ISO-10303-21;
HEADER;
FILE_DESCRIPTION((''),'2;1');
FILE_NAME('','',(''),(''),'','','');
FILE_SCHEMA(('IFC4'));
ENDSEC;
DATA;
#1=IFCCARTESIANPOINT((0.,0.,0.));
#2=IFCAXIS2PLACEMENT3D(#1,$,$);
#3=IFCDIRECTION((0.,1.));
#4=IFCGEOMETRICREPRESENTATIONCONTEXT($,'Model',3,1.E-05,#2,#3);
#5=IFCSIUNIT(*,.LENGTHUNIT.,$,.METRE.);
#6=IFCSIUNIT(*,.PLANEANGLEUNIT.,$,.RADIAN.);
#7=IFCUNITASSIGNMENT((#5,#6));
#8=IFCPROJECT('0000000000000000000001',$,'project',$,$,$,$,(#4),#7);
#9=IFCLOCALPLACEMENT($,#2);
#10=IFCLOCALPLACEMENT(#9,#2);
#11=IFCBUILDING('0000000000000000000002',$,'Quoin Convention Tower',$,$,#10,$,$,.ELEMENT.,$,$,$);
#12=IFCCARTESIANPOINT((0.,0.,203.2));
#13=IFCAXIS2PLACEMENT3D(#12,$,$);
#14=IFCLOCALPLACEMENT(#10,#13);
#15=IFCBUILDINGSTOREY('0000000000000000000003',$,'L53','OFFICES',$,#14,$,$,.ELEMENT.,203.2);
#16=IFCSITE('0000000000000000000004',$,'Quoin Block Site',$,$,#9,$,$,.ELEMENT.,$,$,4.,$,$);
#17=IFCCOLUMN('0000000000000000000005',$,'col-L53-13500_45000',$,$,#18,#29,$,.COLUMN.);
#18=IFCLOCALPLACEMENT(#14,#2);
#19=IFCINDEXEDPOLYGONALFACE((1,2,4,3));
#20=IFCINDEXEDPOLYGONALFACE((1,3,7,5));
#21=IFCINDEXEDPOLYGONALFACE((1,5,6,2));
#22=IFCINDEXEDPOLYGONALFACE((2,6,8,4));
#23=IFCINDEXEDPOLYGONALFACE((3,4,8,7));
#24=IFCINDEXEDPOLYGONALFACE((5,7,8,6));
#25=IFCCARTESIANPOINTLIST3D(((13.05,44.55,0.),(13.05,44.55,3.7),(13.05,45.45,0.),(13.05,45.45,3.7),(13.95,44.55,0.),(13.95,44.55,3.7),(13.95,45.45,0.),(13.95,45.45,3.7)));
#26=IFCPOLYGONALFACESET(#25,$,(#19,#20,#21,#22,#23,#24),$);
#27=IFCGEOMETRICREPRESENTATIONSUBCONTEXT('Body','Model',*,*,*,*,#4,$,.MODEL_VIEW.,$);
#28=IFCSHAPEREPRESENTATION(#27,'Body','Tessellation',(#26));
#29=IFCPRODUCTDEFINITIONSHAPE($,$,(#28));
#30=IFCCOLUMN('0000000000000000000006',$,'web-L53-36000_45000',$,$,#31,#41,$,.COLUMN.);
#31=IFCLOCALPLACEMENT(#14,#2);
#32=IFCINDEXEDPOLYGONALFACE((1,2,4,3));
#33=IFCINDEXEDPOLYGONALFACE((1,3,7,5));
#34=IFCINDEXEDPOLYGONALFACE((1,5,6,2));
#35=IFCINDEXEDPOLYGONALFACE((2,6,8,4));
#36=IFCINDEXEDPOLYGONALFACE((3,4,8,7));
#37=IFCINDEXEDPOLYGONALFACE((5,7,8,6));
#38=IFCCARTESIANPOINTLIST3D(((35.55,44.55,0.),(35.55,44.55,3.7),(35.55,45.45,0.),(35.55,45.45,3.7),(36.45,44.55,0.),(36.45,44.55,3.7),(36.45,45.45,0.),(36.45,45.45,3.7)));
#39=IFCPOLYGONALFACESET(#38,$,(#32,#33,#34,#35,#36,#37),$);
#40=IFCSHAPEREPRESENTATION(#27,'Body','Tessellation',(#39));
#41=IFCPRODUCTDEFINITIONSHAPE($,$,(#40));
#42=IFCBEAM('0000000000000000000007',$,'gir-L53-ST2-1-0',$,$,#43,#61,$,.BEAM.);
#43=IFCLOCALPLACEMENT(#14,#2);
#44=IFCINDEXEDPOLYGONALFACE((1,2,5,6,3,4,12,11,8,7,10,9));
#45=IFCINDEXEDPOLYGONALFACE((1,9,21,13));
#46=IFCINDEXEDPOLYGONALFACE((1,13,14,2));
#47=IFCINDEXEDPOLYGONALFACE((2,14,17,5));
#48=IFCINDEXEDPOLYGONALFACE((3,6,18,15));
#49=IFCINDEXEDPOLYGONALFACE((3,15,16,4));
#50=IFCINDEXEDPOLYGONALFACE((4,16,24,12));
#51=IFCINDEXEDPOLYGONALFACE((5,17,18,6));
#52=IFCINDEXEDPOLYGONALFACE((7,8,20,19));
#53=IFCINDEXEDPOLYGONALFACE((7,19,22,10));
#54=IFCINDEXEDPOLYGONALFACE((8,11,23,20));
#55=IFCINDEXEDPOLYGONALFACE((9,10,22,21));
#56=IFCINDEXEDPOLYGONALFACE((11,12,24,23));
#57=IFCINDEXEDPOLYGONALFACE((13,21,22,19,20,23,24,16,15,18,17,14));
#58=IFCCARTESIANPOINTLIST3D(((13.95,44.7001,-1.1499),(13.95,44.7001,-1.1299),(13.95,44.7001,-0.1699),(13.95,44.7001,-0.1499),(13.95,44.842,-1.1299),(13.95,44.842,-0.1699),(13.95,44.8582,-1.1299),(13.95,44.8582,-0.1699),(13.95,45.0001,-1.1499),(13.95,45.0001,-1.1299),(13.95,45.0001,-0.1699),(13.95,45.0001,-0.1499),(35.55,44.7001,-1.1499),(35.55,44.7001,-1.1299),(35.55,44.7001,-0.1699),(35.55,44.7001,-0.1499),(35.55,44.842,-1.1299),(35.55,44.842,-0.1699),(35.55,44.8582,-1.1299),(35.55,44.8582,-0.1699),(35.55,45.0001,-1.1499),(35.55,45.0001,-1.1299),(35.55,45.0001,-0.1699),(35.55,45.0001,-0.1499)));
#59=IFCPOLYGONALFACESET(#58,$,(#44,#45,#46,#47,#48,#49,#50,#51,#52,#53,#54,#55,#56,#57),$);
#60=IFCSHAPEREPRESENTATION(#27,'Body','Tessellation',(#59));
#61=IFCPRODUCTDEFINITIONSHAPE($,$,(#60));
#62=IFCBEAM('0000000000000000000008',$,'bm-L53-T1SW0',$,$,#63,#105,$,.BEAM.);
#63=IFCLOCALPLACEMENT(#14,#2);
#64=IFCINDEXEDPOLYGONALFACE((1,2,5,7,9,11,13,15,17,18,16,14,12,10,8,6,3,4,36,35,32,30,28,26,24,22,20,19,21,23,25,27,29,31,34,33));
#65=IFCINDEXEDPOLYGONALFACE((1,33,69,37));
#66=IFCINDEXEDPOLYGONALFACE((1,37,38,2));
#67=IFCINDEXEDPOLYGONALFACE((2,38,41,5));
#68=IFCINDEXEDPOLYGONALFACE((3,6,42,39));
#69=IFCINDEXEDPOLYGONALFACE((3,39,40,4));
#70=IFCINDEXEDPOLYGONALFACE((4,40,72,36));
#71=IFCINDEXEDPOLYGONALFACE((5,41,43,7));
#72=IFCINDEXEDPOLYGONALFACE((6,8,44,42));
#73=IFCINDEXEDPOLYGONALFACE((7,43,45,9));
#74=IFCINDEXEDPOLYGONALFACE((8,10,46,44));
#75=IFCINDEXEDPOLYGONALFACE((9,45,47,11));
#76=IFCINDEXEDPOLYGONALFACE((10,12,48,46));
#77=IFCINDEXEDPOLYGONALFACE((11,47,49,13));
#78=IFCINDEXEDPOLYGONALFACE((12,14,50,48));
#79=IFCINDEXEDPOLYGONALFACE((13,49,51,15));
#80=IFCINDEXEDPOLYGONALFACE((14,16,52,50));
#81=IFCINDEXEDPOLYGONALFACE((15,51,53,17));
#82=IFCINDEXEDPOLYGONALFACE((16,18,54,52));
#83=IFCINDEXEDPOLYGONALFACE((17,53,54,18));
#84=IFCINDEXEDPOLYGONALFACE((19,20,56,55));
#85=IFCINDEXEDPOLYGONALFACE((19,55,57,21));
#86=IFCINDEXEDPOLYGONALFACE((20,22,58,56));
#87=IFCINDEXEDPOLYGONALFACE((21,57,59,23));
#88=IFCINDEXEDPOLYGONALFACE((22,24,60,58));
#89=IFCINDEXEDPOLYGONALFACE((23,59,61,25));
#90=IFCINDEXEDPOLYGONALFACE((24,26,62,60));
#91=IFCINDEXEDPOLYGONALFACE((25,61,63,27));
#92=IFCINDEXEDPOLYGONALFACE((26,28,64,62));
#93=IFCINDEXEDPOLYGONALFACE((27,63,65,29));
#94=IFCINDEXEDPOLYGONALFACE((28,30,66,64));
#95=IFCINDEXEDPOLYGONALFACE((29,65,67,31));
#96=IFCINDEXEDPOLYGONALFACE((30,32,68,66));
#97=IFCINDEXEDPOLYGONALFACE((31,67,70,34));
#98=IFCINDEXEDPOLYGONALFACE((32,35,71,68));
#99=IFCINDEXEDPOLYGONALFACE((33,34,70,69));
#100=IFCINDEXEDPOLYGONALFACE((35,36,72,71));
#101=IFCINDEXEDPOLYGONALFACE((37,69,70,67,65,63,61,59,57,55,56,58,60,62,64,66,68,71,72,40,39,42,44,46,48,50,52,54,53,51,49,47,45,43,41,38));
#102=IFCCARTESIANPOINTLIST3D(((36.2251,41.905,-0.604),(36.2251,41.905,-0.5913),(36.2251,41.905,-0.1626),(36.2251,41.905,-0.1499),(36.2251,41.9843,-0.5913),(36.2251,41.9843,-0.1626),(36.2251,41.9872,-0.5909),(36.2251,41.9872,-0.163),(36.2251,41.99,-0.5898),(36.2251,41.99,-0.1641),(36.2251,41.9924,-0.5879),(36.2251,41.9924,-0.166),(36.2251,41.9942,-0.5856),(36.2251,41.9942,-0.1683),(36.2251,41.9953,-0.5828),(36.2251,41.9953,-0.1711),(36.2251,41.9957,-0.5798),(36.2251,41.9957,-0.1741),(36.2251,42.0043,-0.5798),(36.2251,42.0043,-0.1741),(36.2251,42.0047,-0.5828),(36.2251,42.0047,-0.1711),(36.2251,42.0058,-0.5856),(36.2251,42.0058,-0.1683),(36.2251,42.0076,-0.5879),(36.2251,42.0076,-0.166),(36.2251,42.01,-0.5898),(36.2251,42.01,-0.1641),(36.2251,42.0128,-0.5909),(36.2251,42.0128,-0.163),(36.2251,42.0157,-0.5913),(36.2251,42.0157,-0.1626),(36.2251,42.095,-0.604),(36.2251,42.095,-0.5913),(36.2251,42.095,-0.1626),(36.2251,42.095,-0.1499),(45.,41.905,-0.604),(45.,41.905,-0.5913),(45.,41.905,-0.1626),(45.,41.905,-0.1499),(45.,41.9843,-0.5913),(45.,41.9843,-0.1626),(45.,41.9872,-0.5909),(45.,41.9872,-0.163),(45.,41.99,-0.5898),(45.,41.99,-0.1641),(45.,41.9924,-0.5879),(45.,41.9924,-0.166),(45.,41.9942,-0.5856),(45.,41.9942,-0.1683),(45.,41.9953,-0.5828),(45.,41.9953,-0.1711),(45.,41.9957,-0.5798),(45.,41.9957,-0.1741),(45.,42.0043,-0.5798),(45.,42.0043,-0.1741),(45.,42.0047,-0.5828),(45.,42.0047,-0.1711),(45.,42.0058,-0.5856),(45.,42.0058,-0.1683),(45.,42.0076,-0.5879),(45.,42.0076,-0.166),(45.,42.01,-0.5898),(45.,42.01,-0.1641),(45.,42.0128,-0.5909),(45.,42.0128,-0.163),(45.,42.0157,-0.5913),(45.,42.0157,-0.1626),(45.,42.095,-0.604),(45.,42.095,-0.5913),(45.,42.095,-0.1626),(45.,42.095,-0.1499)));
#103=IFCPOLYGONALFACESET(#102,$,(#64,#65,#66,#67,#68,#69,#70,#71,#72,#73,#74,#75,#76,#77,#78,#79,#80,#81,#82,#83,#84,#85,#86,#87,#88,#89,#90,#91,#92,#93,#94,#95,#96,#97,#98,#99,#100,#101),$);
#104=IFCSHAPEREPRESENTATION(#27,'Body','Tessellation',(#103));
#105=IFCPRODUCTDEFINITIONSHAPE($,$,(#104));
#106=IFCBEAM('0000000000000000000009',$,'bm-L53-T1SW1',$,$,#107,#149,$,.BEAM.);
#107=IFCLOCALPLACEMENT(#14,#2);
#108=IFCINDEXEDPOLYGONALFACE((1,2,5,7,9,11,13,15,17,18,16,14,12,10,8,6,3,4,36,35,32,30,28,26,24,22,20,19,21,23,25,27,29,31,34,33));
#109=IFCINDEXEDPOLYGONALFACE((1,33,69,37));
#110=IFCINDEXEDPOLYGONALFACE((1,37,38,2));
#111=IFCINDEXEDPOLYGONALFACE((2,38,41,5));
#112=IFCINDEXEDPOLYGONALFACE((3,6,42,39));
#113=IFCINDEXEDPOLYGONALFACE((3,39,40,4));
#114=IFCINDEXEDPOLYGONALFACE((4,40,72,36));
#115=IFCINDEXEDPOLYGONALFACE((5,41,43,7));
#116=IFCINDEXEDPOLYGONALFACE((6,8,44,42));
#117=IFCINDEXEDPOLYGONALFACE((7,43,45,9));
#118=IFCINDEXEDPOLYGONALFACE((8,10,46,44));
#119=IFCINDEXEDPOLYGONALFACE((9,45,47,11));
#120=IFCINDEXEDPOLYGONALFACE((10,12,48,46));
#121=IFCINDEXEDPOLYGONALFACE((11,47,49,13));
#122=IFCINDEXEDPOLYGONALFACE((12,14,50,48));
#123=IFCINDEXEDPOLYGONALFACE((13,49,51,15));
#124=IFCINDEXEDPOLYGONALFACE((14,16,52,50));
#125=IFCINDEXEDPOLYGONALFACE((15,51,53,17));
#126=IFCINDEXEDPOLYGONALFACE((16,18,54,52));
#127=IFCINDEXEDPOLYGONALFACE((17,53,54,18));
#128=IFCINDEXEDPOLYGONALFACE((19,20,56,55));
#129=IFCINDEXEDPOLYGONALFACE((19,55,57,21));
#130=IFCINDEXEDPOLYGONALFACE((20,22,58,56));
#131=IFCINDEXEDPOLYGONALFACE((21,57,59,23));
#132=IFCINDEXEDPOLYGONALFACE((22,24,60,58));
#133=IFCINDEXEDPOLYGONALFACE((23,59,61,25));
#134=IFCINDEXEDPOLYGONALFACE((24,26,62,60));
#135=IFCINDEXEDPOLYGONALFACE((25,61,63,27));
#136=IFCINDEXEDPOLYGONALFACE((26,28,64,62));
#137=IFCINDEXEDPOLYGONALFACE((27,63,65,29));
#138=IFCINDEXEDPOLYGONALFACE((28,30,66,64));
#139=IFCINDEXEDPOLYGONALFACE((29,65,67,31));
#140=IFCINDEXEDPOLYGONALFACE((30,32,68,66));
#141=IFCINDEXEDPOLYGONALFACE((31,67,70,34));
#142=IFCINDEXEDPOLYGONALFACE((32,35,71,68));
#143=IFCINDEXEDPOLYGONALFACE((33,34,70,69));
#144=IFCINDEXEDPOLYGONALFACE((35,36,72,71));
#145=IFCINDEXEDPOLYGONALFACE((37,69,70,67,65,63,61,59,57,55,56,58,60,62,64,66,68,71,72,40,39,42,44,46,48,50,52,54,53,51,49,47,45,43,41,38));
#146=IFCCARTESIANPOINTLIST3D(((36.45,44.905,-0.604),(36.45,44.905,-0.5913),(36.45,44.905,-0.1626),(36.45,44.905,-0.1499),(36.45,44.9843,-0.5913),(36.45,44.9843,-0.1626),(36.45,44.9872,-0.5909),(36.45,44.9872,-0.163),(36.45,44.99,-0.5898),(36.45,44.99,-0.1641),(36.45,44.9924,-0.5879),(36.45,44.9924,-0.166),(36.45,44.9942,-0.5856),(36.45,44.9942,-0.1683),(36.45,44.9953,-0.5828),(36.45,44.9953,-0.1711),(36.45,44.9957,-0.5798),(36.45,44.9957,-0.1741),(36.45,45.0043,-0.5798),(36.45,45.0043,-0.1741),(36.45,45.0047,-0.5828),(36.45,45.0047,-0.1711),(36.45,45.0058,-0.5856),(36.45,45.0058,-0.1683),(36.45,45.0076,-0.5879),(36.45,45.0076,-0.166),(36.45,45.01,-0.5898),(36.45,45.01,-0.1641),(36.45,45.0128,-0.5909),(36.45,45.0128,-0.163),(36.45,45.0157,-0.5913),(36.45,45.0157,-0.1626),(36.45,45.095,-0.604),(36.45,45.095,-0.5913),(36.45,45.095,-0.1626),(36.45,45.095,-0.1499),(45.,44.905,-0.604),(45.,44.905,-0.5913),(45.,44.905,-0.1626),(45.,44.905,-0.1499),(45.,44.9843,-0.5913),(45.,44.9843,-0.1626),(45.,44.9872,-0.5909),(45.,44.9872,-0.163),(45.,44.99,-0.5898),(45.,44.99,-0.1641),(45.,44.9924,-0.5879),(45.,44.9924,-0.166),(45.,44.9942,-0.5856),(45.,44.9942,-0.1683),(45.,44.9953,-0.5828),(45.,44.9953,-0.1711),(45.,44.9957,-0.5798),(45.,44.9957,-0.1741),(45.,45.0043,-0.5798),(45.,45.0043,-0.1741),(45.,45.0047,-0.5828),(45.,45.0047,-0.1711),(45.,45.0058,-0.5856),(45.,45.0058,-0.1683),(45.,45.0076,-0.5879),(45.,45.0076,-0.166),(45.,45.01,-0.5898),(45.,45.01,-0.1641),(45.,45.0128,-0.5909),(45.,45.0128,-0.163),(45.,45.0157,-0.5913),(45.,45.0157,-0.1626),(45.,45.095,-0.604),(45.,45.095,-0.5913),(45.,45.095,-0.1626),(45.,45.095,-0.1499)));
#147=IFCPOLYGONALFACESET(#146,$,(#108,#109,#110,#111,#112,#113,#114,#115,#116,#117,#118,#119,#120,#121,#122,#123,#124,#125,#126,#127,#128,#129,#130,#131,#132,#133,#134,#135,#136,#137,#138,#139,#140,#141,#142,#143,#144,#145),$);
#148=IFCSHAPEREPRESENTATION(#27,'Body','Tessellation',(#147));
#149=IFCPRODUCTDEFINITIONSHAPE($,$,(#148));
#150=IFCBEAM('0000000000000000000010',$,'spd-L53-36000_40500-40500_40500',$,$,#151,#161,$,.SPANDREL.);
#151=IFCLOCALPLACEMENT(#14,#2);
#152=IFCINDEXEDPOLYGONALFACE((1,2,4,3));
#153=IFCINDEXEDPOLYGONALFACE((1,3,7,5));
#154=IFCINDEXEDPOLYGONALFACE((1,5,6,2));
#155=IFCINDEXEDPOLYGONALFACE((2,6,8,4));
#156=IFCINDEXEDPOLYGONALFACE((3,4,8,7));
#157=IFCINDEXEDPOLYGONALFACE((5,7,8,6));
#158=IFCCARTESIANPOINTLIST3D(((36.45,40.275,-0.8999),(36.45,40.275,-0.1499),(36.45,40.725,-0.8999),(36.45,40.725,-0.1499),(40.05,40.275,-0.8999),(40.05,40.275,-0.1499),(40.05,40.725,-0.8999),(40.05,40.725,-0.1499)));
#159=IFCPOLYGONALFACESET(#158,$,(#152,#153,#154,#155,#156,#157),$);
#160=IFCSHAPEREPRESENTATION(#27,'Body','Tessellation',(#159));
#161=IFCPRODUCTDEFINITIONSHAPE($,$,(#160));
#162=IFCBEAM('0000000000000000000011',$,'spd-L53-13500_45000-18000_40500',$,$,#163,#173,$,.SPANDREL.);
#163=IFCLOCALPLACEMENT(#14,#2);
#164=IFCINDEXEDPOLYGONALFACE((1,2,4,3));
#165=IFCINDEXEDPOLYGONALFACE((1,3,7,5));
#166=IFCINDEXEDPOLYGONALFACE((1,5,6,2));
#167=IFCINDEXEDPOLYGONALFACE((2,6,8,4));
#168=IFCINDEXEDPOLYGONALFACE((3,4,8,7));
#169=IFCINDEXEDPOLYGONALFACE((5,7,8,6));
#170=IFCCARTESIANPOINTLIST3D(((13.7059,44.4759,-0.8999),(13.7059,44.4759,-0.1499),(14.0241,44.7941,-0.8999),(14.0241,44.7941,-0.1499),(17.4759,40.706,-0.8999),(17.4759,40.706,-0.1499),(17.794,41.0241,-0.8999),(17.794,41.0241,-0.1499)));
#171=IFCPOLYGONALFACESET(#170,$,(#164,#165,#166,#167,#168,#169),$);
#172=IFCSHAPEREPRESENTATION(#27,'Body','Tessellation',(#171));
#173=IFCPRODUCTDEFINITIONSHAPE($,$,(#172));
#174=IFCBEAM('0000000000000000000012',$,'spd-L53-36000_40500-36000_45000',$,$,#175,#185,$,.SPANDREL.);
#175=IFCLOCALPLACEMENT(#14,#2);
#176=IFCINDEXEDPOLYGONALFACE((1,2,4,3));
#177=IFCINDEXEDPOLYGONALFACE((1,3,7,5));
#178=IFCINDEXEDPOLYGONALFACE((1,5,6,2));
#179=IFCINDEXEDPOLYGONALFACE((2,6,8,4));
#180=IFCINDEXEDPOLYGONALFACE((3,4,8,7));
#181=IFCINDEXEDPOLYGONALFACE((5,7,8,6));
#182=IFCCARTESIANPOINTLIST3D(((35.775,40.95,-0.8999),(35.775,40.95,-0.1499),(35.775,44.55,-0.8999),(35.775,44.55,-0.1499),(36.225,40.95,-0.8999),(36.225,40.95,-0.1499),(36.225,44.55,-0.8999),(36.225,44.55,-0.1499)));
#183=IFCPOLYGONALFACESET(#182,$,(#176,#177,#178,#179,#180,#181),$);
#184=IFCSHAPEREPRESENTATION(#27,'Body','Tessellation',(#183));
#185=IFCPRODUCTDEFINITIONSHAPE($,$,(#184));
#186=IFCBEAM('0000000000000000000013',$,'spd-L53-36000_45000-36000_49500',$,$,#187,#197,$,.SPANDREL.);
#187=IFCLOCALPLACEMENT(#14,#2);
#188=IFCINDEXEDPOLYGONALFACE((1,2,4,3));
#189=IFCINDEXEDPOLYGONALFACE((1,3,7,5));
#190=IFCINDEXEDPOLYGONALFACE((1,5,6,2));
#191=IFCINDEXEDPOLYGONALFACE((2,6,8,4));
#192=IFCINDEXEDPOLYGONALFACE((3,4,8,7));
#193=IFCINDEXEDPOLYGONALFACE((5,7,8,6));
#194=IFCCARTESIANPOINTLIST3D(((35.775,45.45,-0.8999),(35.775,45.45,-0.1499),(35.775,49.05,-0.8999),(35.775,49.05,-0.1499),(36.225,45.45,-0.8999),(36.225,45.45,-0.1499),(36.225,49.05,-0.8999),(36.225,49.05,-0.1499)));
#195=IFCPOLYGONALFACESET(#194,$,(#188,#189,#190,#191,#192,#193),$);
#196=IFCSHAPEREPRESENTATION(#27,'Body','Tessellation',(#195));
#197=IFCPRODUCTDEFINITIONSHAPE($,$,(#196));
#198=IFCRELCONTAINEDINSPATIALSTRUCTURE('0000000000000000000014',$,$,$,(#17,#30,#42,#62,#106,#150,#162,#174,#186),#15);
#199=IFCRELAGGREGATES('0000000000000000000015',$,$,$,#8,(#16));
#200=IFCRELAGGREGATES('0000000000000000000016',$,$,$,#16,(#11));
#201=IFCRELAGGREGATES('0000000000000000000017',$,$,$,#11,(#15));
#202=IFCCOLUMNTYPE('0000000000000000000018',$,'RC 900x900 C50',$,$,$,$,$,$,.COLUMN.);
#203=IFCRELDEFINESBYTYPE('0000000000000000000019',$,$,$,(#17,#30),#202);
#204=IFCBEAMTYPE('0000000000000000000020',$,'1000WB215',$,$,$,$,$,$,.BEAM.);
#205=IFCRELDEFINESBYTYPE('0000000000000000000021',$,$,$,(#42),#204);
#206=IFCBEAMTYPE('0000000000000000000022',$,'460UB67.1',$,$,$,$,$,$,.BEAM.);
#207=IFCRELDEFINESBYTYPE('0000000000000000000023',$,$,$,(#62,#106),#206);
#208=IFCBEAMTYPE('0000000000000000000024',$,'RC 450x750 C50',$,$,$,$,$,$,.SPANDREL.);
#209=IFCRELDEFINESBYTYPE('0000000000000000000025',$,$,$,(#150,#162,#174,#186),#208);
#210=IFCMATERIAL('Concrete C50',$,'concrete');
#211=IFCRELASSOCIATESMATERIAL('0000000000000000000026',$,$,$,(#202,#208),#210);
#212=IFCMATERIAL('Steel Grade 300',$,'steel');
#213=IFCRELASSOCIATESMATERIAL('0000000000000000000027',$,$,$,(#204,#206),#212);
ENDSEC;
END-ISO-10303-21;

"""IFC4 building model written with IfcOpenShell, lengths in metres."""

from ifc_helpers import new_model, si_unit, direction, frame, origin, origin_2d, place, context, subcontext, project, spatial, rectangle, i_section, extrude, material, material_profile, profile_set, type_object, element, save


model = new_model("IFC4")

# Units and contexts
model_context = context("Model", 3, precision=1e-05, world=origin(), true_north=direction((0.0, 1.0)))
body_context = subcontext(model_context, "Body", "Model", "MODEL_VIEW")
ifc_project = project(units=[si_unit("LENGTHUNIT", "METRE"), si_unit("PLANEANGLEUNIT", "RADIAN")], contexts=[model_context])

# Site, building, storey
site_placement = place(None, origin())
site = spatial("IfcSite", under=ifc_project, at=site_placement, Name="Quoin Block Site", CompositionType="ELEMENT", RefElevation=4.0)
building_placement = place(site_placement, origin())
building = spatial("IfcBuilding", under=site, at=building_placement, Name="Quoin Convention Tower", CompositionType="ELEMENT")
storey_placement = place(building_placement, frame((0.0, 0.0, 203.2)))
storey = spatial("IfcBuildingStorey", under=building, at=storey_placement, Name="L53", Description="OFFICES", CompositionType="ELEMENT", Elevation=203.2)

# Columns
ifc_material_1 = material(Name="Concrete C50", Category="concrete")
ifc_material_profile_1 = material_profile(ifc_material_1, rectangle(XDim=0.8999, YDim=0.8999, at=origin_2d()), Name="RC 900x900")
ifc_profile_set_1 = profile_set([ifc_material_profile_1], Name="Concrete C50")
column_type = type_object("IfcColumnType", Name="RC 900x900 C50", PredefinedType="COLUMN", material=ifc_profile_set_1)
for number, where, z_axis, x_axis, name in (
    (1, (13.5, 45.0, 0.0), (0.0, 0.0, 1.0), (1.0, 0.0, 0.0), "col-L53-13500_45000"),
    (2, (36.0, 45.0, 0.0), (0.0, 0.0, 1.0), (1.0, 0.0, 0.0), "web-L53-36000_45000"),
):
    element("IfcColumn", number, at=place(storey_placement, frame(where, z_axis=z_axis, x_axis=x_axis)), inside=storey, type_object=column_type, Name=name, PredefinedType="COLUMN", context=body_context, shape_type="SweptSolid", body=[
        extrude(rectangle(XDim=0.8999, YDim=0.8999, at=origin_2d()), origin(), (0.0, 0.0, 1.0), 3.7),
    ])

# Beams
ifc_material_2 = material(Name="Steel Grade 300", Category="steel")
ifc_material_profile_2 = material_profile(ifc_material_2, i_section(OverallWidth=0.3, OverallDepth=1.0, WebThickness=0.0161, FlangeThickness=0.02, at=origin_2d()), Name="1000WB215")
ifc_profile_set_2 = profile_set([ifc_material_profile_2], Name="Steel Grade 300")
beam_type_1 = type_object("IfcBeamType", Name="1000WB215", PredefinedType="BEAM", material=ifc_profile_set_2)
beam_1_placement = place(storey_placement, frame((13.95, 44.8501, -0.6499), z_axis=(1.0, 0.0, 0.0), x_axis=(0.0, 1.0, 0.0)))
element("IfcBeam", 3, at=beam_1_placement, inside=storey, type_object=beam_type_1, Name="gir-L53-ST2-1-0", PredefinedType="BEAM", context=body_context, shape_type="SweptSolid", body=[
    extrude(i_section(OverallWidth=0.3, OverallDepth=1.0, WebThickness=0.0161, FlangeThickness=0.02, at=origin_2d()), origin(), (0.0, 0.0, 1.0), 21.6001),
])
ifc_material_profile_3 = material_profile(ifc_material_2, i_section(OverallWidth=0.1899, OverallDepth=0.4541, WebThickness=0.0085, FlangeThickness=0.0127, FilletRadius=0.0115, at=origin_2d()), Name="460UB67.1")
ifc_profile_set_3 = profile_set([ifc_material_profile_3], Name="Steel Grade 300")
beam_type_2 = type_object("IfcBeamType", Name="460UB67.1", PredefinedType="BEAM", material=ifc_profile_set_3)
beam_2_placement = place(storey_placement, frame((36.2251, 42.0, -0.377), z_axis=(1.0, 0.0, 0.0), x_axis=(0.0, 1.0, 0.0)))
element("IfcBeam", 4, at=beam_2_placement, inside=storey, type_object=beam_type_2, Name="bm-L53-T1SW0", PredefinedType="BEAM", context=body_context, shape_type="SweptSolid", body=[
    extrude(i_section(OverallWidth=0.1899, OverallDepth=0.4541, WebThickness=0.0085, FlangeThickness=0.0127, FilletRadius=0.0115, at=origin_2d()), origin(), (0.0, 0.0, 1.0), 8.7749),
])
beam_3_placement = place(storey_placement, frame((36.45, 45.0, -0.377), z_axis=(1.0, 0.0, 0.0), x_axis=(0.0, 1.0, 0.0)))
element("IfcBeam", 5, at=beam_3_placement, inside=storey, type_object=beam_type_2, Name="bm-L53-T1SW1", PredefinedType="BEAM", context=body_context, shape_type="SweptSolid", body=[
    extrude(i_section(OverallWidth=0.1899, OverallDepth=0.4541, WebThickness=0.0085, FlangeThickness=0.0127, FilletRadius=0.0115, at=origin_2d()), origin(), (0.0, 0.0, 1.0), 8.55),
])
ifc_material_profile_4 = material_profile(ifc_material_1, rectangle(XDim=0.45, YDim=0.75, at=origin_2d()), Name="RC 450x750")
ifc_profile_set_4 = profile_set([ifc_material_profile_4], Name="Concrete C50")
beam_type_3 = type_object("IfcBeamType", Name="RC 450x750 C50", PredefinedType="SPANDREL", material=ifc_profile_set_4)
beam_4_placement = place(storey_placement, frame((36.45, 40.5, -0.5249), z_axis=(1.0, 0.0, 0.0), x_axis=(0.0, 1.0, 0.0)))
element("IfcBeam", 6, at=beam_4_placement, inside=storey, type_object=beam_type_3, Name="spd-L53-36000_40500-40500_40500", PredefinedType="SPANDREL", context=body_context, shape_type="SweptSolid", body=[
    extrude(rectangle(XDim=0.45, YDim=0.75, at=origin_2d()), origin(), (0.0, 0.0, 1.0), 3.6001),
])
beam_5_placement = place(storey_placement, frame((13.865, 44.635, -0.5249), z_axis=(0.707107, -0.707107, 0.0), x_axis=(0.707107, 0.707107, 0.0)))
element("IfcBeam", 7, at=beam_5_placement, inside=storey, type_object=beam_type_3, Name="spd-L53-13500_45000-18000_40500", PredefinedType="SPANDREL", context=body_context, shape_type="SweptSolid", body=[
    extrude(rectangle(XDim=0.45, YDim=0.75, at=origin_2d()), origin(), (0.0, 0.0, 1.0), 5.3315),
])
for number, where, z_axis, x_axis, name in (
    (8, (36.0, 40.95, -0.5249), (0.0, 1.0, 0.0), (-1.0, 0.0, 0.0), "spd-L53-36000_40500-36000_45000"),
    (9, (36.0, 45.45, -0.5249), (0.0, 1.0, 0.0), (-1.0, 0.0, 0.0), "spd-L53-36000_45000-36000_49500"),
):
    element("IfcBeam", number, at=place(storey_placement, frame(where, z_axis=z_axis, x_axis=x_axis)), inside=storey, type_object=beam_type_3, Name=name, PredefinedType="SPANDREL", context=body_context, shape_type="SweptSolid", body=[
        extrude(rectangle(XDim=0.45, YDim=0.75, at=origin_2d()), origin(), (0.0, 0.0, 1.0), 3.6001),
    ])

save(model, "model.ifc")
